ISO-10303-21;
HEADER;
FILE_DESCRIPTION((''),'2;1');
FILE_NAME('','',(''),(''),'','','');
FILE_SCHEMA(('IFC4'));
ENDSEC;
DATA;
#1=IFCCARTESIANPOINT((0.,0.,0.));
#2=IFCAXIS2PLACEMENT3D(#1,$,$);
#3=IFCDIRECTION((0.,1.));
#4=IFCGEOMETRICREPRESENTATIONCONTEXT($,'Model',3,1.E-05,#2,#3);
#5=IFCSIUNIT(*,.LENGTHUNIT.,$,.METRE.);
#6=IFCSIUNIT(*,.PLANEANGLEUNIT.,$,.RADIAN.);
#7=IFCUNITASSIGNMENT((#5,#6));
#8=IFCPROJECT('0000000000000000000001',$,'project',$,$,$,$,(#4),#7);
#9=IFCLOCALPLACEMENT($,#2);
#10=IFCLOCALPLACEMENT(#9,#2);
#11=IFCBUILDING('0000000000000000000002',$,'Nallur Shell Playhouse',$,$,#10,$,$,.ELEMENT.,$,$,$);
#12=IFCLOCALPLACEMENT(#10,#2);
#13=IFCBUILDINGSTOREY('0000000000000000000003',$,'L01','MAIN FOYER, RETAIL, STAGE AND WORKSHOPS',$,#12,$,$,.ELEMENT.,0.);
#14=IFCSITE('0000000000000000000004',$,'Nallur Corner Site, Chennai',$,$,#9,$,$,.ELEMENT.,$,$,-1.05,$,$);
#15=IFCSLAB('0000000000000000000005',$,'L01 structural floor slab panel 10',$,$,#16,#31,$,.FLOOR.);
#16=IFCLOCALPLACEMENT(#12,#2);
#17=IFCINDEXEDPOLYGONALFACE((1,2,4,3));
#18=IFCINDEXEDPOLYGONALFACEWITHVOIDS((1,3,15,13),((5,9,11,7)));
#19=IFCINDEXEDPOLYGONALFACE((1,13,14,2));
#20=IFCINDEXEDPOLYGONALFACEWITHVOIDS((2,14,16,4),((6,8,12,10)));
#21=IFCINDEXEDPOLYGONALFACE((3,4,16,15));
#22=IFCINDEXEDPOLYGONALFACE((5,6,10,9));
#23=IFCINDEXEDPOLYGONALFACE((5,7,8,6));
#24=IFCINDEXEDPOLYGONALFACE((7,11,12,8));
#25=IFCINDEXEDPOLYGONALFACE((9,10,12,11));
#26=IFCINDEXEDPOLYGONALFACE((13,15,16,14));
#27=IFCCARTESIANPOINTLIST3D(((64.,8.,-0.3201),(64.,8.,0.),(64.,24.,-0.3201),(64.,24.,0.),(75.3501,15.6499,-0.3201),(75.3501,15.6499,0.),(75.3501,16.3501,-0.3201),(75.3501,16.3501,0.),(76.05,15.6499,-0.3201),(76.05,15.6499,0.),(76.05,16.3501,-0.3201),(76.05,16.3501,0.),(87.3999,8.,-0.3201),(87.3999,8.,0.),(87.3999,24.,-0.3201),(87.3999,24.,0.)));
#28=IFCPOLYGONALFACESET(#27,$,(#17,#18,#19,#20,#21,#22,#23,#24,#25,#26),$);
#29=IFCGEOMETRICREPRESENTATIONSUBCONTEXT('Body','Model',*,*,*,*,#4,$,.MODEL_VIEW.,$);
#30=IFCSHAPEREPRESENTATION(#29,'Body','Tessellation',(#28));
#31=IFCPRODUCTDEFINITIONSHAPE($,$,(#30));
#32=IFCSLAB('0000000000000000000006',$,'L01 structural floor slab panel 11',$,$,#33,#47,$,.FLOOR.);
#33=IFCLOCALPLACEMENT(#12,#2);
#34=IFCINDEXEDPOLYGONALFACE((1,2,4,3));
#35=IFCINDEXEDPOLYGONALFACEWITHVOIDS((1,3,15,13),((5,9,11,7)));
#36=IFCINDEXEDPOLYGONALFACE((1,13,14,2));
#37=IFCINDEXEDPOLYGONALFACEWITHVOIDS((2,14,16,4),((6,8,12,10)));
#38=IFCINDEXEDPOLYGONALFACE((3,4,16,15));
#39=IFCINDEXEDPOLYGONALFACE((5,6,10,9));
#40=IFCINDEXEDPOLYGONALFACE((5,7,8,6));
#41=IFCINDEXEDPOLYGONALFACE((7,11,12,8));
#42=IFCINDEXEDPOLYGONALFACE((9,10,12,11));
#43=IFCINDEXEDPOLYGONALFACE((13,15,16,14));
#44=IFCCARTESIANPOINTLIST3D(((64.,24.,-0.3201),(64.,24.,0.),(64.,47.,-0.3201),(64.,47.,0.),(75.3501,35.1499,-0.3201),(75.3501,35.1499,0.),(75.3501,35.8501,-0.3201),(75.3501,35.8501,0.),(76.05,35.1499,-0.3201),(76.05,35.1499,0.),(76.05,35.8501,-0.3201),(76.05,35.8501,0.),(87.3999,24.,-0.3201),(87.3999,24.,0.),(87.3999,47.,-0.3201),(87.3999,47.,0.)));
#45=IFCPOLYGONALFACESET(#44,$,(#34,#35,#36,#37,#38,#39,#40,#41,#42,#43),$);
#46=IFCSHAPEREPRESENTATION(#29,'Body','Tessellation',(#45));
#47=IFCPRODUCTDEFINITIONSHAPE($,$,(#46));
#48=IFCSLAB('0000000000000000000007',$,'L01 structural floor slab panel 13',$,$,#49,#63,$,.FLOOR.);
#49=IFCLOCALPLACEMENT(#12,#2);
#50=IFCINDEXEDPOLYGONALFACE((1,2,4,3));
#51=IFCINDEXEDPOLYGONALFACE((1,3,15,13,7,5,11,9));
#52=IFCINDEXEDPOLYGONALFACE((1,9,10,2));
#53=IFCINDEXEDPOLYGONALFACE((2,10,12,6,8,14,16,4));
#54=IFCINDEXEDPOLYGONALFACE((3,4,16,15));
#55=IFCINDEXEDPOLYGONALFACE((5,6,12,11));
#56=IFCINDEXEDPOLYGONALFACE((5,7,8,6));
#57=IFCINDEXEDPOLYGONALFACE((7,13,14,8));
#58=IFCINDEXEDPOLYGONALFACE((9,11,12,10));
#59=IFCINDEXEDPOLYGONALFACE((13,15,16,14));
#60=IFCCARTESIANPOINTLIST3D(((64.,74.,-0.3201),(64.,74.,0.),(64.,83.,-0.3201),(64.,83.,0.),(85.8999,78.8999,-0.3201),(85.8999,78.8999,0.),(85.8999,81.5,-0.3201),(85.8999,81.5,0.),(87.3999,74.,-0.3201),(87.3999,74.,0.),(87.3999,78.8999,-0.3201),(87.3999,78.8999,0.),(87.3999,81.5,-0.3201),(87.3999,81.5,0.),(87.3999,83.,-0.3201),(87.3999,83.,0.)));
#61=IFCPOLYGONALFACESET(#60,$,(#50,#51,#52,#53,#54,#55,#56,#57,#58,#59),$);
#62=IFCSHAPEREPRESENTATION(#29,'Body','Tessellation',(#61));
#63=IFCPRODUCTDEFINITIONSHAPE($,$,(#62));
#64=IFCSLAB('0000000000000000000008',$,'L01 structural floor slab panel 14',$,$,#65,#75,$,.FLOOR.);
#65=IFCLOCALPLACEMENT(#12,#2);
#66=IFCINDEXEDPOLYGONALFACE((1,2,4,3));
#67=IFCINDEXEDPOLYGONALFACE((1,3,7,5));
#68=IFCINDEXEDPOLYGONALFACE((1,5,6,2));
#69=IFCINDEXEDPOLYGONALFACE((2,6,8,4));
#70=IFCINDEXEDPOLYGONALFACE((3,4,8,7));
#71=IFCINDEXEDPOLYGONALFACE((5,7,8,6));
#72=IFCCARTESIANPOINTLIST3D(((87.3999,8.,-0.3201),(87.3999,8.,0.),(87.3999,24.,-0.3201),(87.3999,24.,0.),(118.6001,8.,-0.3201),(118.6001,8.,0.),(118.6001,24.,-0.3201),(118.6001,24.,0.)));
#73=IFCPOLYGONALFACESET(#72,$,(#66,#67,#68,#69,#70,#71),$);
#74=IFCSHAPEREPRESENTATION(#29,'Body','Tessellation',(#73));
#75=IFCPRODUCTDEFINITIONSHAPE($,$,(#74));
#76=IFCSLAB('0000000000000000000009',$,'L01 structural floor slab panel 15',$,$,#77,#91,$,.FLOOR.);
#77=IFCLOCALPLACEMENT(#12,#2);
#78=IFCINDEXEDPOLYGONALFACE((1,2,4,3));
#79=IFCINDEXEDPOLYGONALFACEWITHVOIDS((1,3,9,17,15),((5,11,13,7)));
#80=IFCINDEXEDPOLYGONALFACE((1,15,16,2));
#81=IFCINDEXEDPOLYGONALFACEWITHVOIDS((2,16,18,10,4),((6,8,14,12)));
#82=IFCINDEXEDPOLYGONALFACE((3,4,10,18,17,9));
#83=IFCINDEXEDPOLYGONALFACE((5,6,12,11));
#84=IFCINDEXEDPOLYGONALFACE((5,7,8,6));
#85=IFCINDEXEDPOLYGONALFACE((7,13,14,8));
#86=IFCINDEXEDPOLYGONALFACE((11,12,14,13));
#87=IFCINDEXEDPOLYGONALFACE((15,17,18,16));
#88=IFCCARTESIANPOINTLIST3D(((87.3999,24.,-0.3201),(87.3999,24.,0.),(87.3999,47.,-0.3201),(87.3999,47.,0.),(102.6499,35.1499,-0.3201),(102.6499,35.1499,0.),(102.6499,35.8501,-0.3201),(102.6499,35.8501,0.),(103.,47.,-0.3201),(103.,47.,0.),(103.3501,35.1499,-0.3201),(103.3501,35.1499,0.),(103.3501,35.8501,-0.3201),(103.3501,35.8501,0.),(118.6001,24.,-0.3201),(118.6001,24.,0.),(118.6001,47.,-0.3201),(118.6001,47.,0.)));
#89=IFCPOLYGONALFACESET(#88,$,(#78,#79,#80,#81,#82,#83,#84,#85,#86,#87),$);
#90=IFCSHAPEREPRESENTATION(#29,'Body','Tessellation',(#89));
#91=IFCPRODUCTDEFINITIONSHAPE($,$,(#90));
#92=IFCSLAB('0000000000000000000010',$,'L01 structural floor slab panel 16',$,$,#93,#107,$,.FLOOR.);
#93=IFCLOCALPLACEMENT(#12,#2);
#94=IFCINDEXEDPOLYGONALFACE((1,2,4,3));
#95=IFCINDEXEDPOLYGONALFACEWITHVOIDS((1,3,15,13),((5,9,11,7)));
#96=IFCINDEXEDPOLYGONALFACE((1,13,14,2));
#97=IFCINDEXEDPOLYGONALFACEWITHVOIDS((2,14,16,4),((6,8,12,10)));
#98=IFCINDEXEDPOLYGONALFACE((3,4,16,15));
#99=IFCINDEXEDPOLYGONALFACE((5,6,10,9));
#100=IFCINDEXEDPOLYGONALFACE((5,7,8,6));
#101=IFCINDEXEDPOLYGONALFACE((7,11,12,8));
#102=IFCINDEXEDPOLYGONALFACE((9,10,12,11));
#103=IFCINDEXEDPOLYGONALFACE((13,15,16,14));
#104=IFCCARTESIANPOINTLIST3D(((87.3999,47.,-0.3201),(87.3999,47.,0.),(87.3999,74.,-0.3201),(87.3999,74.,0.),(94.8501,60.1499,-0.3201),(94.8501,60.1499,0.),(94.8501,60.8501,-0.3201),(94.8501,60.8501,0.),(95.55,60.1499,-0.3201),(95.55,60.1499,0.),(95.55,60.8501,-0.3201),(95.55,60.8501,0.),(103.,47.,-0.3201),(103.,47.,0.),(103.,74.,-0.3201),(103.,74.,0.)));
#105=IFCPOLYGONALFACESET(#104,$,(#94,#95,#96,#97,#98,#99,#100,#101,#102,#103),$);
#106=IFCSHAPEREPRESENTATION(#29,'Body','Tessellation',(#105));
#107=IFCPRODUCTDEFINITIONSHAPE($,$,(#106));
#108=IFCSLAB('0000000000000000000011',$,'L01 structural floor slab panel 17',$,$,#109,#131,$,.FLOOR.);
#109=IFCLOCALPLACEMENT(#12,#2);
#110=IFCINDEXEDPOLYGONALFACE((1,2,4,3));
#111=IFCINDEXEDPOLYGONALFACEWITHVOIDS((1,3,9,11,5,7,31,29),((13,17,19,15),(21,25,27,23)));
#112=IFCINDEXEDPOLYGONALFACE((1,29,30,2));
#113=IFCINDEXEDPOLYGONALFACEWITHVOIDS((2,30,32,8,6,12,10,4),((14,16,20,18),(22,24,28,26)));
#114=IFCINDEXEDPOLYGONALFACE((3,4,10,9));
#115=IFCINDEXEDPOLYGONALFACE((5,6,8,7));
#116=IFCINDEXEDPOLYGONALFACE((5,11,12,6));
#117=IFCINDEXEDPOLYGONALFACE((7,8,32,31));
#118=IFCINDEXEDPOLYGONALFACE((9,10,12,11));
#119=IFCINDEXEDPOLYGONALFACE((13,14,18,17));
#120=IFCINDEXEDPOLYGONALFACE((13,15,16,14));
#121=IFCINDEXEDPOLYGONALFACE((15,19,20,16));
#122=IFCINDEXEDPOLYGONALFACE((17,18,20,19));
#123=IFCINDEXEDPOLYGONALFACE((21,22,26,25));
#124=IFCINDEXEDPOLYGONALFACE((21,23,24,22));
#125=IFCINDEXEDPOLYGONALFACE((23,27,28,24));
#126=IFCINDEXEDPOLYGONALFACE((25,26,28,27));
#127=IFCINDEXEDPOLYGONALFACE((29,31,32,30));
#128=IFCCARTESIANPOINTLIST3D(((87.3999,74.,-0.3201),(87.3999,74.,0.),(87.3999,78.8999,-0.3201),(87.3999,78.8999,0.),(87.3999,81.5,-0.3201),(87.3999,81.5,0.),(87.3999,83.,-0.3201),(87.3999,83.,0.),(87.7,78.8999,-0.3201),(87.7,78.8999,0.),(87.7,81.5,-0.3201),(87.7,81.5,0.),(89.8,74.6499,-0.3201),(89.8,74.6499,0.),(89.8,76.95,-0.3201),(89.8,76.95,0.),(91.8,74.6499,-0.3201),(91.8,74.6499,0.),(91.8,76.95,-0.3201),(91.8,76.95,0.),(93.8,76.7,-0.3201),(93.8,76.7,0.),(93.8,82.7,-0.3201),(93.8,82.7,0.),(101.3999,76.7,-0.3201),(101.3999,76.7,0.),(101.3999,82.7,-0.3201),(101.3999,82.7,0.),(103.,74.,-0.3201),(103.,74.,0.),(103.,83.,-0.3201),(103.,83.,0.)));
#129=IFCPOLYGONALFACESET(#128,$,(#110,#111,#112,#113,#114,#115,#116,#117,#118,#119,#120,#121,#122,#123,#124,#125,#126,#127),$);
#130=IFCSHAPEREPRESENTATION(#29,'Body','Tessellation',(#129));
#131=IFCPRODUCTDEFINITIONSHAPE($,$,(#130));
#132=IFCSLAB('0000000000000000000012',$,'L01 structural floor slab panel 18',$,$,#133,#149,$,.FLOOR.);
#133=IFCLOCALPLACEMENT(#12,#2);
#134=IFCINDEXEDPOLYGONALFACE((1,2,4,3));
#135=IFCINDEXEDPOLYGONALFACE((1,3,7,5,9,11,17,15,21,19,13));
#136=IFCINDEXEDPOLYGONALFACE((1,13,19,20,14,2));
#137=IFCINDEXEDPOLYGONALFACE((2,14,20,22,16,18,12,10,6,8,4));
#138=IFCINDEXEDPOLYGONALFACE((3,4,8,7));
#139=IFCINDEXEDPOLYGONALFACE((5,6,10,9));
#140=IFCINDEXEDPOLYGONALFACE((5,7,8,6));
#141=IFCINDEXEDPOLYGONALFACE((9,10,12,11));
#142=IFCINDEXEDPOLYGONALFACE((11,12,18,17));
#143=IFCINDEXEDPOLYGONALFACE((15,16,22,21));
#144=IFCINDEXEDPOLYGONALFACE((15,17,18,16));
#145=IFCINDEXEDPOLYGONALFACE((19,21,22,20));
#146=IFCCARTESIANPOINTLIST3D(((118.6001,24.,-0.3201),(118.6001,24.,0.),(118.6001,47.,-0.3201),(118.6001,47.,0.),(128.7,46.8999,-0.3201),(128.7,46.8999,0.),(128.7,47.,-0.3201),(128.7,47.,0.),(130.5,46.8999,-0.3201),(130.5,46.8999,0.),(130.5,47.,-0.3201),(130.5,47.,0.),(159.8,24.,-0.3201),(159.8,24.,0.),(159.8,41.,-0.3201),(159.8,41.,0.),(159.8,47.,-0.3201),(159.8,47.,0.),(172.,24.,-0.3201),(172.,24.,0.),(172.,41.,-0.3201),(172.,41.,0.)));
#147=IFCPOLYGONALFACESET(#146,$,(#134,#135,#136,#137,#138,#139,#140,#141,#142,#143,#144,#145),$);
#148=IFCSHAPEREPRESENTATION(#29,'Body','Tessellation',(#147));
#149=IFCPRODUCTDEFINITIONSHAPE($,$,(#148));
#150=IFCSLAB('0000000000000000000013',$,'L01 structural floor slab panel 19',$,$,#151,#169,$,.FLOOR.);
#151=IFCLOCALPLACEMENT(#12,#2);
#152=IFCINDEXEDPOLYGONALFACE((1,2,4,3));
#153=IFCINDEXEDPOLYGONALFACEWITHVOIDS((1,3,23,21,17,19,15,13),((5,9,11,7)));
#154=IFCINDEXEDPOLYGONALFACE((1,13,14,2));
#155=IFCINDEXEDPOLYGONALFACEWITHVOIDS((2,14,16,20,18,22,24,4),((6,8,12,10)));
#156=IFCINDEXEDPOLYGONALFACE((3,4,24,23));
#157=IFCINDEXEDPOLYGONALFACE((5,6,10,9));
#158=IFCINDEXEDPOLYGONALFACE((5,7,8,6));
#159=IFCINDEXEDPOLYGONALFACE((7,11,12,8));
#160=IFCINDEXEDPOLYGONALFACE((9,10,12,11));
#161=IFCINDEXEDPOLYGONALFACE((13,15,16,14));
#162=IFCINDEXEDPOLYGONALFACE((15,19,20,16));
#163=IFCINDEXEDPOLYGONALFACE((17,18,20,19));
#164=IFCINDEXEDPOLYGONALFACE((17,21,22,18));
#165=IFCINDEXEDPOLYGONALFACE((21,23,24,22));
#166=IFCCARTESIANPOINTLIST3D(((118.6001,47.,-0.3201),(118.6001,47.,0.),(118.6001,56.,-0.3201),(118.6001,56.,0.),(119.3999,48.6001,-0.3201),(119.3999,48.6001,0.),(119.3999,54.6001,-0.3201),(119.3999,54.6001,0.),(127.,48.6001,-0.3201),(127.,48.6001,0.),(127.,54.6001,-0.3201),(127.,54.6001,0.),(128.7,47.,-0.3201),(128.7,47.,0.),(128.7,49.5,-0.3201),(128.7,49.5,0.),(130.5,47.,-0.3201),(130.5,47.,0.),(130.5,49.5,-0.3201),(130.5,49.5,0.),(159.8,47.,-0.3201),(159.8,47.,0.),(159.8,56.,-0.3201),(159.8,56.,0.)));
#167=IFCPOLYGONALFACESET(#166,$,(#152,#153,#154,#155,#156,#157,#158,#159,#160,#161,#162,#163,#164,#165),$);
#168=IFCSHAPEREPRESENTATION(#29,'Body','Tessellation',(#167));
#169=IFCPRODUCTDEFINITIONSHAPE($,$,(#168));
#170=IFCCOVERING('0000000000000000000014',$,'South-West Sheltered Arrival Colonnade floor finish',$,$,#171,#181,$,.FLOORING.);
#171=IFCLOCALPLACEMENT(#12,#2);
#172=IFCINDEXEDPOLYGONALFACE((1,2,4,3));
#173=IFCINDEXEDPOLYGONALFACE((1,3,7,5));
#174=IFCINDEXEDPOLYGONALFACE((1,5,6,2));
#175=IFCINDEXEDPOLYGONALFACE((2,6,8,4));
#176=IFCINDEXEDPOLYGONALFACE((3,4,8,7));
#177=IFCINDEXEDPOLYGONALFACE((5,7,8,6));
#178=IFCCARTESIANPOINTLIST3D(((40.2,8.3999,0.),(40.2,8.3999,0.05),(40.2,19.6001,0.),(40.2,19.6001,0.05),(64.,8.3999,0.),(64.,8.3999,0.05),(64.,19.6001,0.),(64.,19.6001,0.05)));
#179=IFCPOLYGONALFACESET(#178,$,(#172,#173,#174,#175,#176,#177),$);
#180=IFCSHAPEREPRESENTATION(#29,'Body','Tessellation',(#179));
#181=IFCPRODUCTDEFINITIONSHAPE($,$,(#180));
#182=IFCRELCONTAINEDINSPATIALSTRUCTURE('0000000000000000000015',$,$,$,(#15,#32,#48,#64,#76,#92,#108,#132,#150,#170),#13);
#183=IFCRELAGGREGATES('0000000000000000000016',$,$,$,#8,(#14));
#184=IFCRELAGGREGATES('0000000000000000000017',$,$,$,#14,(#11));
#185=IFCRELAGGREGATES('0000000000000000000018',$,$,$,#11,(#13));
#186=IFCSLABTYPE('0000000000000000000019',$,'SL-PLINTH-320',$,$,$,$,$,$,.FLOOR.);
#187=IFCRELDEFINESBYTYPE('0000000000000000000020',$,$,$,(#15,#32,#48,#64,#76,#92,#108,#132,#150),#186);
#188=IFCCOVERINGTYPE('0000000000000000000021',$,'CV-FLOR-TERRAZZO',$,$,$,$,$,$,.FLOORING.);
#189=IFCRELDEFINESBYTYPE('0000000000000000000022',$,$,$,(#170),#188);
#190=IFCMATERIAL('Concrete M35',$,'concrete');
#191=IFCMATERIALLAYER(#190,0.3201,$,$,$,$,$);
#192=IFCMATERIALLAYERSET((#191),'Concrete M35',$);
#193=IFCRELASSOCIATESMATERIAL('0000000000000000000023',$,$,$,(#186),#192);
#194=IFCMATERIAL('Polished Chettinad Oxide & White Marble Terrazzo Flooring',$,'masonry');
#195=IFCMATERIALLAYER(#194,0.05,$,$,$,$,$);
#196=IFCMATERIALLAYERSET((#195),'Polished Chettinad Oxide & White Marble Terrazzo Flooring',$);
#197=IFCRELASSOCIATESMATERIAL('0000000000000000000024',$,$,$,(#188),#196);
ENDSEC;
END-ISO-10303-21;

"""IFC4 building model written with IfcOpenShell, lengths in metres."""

from ifc_helpers import new_model, si_unit, direction, frame, origin, place, context, subcontext, project, spatial, polyline, outline, extrude, material, layer, layer_set, type_object, element, save


model = new_model("IFC4")

# Units and contexts
model_context = context("Model", 3, precision=1e-05, world=origin(), true_north=direction((0.0, 1.0)))
body_context = subcontext(model_context, "Body", "Model", "MODEL_VIEW")
ifc_project = project(units=[si_unit("LENGTHUNIT", "METRE"), si_unit("PLANEANGLEUNIT", "RADIAN")], contexts=[model_context])

# Site, building, storey
site_placement = place(None, origin())
site = spatial("IfcSite", under=ifc_project, at=site_placement, Name="Nallur Corner Site, Chennai", CompositionType="ELEMENT", RefElevation=-1.05)
building_placement = place(site_placement, origin())
building = spatial("IfcBuilding", under=site, at=building_placement, Name="Nallur Shell Playhouse", CompositionType="ELEMENT")
storey_placement = place(building_placement, origin())
storey = spatial("IfcBuildingStorey", under=building, at=storey_placement, Name="L01", Description="MAIN FOYER, RETAIL, STAGE AND WORKSHOPS", CompositionType="ELEMENT", Elevation=0.0)

# Slabs
ifc_material_1 = material(Name="Concrete M35", Category="concrete")
ifc_layer_1 = layer(ifc_material_1, 0.3201)
ifc_layer_set_1 = layer_set([ifc_layer_1], Name="Concrete M35")
slab_type_1 = type_object("IfcSlabType", Name="SL-PLINTH-320", PredefinedType="FLOOR", material=ifc_layer_set_1)
slab_1_placement = place(storey_placement, frame((0.0, 0.0, -0.3201)))
element("IfcSlab", 1, at=slab_1_placement, inside=storey, type_object=slab_type_1, Name="L01 structural floor slab panel 10", PredefinedType="FLOOR", context=body_context, shape_type="SweptSolid", body=[
    extrude(outline(polyline([(64.0, 8.0), (64.0, 24.0), (87.3999, 24.0), (87.3999, 8.0), (64.0, 8.0)]), holes=[polyline([(75.3501, 15.6499), (76.05, 15.6499), (76.05, 16.3501), (75.3501, 16.3501), (75.3501, 15.6499)])]), origin(), (0.0, 0.0, 1.0), 0.3201),
])
slab_2_placement = place(storey_placement, frame((0.0, 0.0, -0.3201)))
element("IfcSlab", 2, at=slab_2_placement, inside=storey, type_object=slab_type_1, Name="L01 structural floor slab panel 11", PredefinedType="FLOOR", context=body_context, shape_type="SweptSolid", body=[
    extrude(outline(polyline([(64.0, 24.0), (64.0, 47.0), (87.3999, 47.0), (87.3999, 24.0), (64.0, 24.0)]), holes=[polyline([(75.3501, 35.1499), (76.05, 35.1499), (76.05, 35.8501), (75.3501, 35.8501), (75.3501, 35.1499)])]), origin(), (0.0, 0.0, 1.0), 0.3201),
])
slab_3_placement = place(storey_placement, frame((0.0, 0.0, -0.3201)))
element("IfcSlab", 3, at=slab_3_placement, inside=storey, type_object=slab_type_1, Name="L01 structural floor slab panel 13", PredefinedType="FLOOR", context=body_context, shape_type="SweptSolid", body=[
    extrude(outline(polyline([(87.3999, 83.0), (87.3999, 81.5), (85.8999, 81.5), (85.8999, 78.8999), (87.3999, 78.8999), (87.3999, 74.0), (64.0, 74.0), (64.0, 83.0), (87.3999, 83.0)])), origin(), (0.0, 0.0, 1.0), 0.3201),
])
slab_4_placement = place(storey_placement, frame((0.0, 0.0, -0.3201)))
element("IfcSlab", 4, at=slab_4_placement, inside=storey, type_object=slab_type_1, Name="L01 structural floor slab panel 14", PredefinedType="FLOOR", context=body_context, shape_type="SweptSolid", body=[
    extrude(outline(polyline([(118.6001, 8.0), (87.3999, 8.0), (87.3999, 24.0), (118.6001, 24.0), (118.6001, 8.0)])), origin(), (0.0, 0.0, 1.0), 0.3201),
])
slab_5_placement = place(storey_placement, frame((0.0, 0.0, -0.3201)))
element("IfcSlab", 5, at=slab_5_placement, inside=storey, type_object=slab_type_1, Name="L01 structural floor slab panel 15", PredefinedType="FLOOR", context=body_context, shape_type="SweptSolid", body=[
    extrude(outline(polyline([(118.6001, 47.0), (118.6001, 24.0), (87.3999, 24.0), (87.3999, 47.0), (103.0, 47.0), (118.6001, 47.0)]), holes=[polyline([(102.6499, 35.1499), (103.3501, 35.1499), (103.3501, 35.8501), (102.6499, 35.8501), (102.6499, 35.1499)])]), origin(), (0.0, 0.0, 1.0), 0.3201),
])
slab_6_placement = place(storey_placement, frame((0.0, 0.0, -0.3201)))
element("IfcSlab", 6, at=slab_6_placement, inside=storey, type_object=slab_type_1, Name="L01 structural floor slab panel 16", PredefinedType="FLOOR", context=body_context, shape_type="SweptSolid", body=[
    extrude(outline(polyline([(103.0, 47.0), (87.3999, 47.0), (87.3999, 74.0), (103.0, 74.0), (103.0, 47.0)]), holes=[polyline([(94.8501, 60.1499), (95.55, 60.1499), (95.55, 60.8501), (94.8501, 60.8501), (94.8501, 60.1499)])]), origin(), (0.0, 0.0, 1.0), 0.3201),
])
slab_7_placement = place(storey_placement, frame((0.0, 0.0, -0.3201)))
element("IfcSlab", 7, at=slab_7_placement, inside=storey, type_object=slab_type_1, Name="L01 structural floor slab panel 17", PredefinedType="FLOOR", context=body_context, shape_type="SweptSolid", body=[
    extrude(outline(polyline([(103.0, 83.0), (103.0, 74.0), (87.3999, 74.0), (87.3999, 78.8999), (87.7, 78.8999), (87.7, 81.5), (87.3999, 81.5), (87.3999, 83.0), (103.0, 83.0)]), holes=[polyline([(89.8, 76.95), (89.8, 74.6499), (91.8, 74.6499), (91.8, 76.95), (89.8, 76.95)]), polyline([(101.3999, 82.7), (93.8, 82.7), (93.8, 76.7), (101.3999, 76.7), (101.3999, 82.7)])]), origin(), (0.0, 0.0, 1.0), 0.3201),
])
slab_8_placement = place(storey_placement, frame((0.0, 0.0, -0.3201)))
element("IfcSlab", 8, at=slab_8_placement, inside=storey, type_object=slab_type_1, Name="L01 structural floor slab panel 18", PredefinedType="FLOOR", context=body_context, shape_type="SweptSolid", body=[
    extrude(outline(polyline([(172.0, 41.0), (172.0, 24.0), (159.8, 24.0), (118.6001, 24.0), (118.6001, 47.0), (128.7, 47.0), (128.7, 46.8999), (130.5, 46.8999), (130.5, 47.0), (159.8, 47.0), (159.8, 41.0), (172.0, 41.0)])), origin(), (0.0, 0.0, 1.0), 0.3201),
])
slab_9_placement = place(storey_placement, frame((0.0, 0.0, -0.3201)))
element("IfcSlab", 9, at=slab_9_placement, inside=storey, type_object=slab_type_1, Name="L01 structural floor slab panel 19", PredefinedType="FLOOR", context=body_context, shape_type="SweptSolid", body=[
    extrude(outline(polyline([(118.6001, 56.0), (159.8, 56.0), (159.8, 47.0), (130.5, 47.0), (130.5, 49.5), (128.7, 49.5), (128.7, 47.0), (118.6001, 47.0), (118.6001, 56.0)]), holes=[polyline([(127.0, 54.6001), (119.3999, 54.6001), (119.3999, 48.6001), (127.0, 48.6001), (127.0, 54.6001)])]), origin(), (0.0, 0.0, 1.0), 0.3201),
])

# Covering
ifc_material_2 = material(Name="Polished Chettinad Oxide & White Marble Terrazzo Flooring", Category="masonry")
ifc_layer_2 = layer(ifc_material_2, 0.05)
ifc_layer_set_2 = layer_set([ifc_layer_2], Name="Polished Chettinad Oxide & White Marble Terrazzo Flooring")
covering_type_1 = type_object("IfcCoveringType", Name="CV-FLOR-TERRAZZO", PredefinedType="FLOORING", material=ifc_layer_set_2)
covering_1_placement = place(storey_placement, origin())
element("IfcCovering", 10, at=covering_1_placement, inside=storey, type_object=covering_type_1, Name="South-West Sheltered Arrival Colonnade floor finish", PredefinedType="FLOORING", context=body_context, shape_type="SweptSolid", body=[
    extrude(outline(polyline([(64.0, 19.6001), (64.0, 8.3999), (40.2, 8.3999), (40.2, 19.6001), (64.0, 19.6001)])), origin(), (0.0, 0.0, 1.0), 0.05),
])

save(model, "model.ifc")
